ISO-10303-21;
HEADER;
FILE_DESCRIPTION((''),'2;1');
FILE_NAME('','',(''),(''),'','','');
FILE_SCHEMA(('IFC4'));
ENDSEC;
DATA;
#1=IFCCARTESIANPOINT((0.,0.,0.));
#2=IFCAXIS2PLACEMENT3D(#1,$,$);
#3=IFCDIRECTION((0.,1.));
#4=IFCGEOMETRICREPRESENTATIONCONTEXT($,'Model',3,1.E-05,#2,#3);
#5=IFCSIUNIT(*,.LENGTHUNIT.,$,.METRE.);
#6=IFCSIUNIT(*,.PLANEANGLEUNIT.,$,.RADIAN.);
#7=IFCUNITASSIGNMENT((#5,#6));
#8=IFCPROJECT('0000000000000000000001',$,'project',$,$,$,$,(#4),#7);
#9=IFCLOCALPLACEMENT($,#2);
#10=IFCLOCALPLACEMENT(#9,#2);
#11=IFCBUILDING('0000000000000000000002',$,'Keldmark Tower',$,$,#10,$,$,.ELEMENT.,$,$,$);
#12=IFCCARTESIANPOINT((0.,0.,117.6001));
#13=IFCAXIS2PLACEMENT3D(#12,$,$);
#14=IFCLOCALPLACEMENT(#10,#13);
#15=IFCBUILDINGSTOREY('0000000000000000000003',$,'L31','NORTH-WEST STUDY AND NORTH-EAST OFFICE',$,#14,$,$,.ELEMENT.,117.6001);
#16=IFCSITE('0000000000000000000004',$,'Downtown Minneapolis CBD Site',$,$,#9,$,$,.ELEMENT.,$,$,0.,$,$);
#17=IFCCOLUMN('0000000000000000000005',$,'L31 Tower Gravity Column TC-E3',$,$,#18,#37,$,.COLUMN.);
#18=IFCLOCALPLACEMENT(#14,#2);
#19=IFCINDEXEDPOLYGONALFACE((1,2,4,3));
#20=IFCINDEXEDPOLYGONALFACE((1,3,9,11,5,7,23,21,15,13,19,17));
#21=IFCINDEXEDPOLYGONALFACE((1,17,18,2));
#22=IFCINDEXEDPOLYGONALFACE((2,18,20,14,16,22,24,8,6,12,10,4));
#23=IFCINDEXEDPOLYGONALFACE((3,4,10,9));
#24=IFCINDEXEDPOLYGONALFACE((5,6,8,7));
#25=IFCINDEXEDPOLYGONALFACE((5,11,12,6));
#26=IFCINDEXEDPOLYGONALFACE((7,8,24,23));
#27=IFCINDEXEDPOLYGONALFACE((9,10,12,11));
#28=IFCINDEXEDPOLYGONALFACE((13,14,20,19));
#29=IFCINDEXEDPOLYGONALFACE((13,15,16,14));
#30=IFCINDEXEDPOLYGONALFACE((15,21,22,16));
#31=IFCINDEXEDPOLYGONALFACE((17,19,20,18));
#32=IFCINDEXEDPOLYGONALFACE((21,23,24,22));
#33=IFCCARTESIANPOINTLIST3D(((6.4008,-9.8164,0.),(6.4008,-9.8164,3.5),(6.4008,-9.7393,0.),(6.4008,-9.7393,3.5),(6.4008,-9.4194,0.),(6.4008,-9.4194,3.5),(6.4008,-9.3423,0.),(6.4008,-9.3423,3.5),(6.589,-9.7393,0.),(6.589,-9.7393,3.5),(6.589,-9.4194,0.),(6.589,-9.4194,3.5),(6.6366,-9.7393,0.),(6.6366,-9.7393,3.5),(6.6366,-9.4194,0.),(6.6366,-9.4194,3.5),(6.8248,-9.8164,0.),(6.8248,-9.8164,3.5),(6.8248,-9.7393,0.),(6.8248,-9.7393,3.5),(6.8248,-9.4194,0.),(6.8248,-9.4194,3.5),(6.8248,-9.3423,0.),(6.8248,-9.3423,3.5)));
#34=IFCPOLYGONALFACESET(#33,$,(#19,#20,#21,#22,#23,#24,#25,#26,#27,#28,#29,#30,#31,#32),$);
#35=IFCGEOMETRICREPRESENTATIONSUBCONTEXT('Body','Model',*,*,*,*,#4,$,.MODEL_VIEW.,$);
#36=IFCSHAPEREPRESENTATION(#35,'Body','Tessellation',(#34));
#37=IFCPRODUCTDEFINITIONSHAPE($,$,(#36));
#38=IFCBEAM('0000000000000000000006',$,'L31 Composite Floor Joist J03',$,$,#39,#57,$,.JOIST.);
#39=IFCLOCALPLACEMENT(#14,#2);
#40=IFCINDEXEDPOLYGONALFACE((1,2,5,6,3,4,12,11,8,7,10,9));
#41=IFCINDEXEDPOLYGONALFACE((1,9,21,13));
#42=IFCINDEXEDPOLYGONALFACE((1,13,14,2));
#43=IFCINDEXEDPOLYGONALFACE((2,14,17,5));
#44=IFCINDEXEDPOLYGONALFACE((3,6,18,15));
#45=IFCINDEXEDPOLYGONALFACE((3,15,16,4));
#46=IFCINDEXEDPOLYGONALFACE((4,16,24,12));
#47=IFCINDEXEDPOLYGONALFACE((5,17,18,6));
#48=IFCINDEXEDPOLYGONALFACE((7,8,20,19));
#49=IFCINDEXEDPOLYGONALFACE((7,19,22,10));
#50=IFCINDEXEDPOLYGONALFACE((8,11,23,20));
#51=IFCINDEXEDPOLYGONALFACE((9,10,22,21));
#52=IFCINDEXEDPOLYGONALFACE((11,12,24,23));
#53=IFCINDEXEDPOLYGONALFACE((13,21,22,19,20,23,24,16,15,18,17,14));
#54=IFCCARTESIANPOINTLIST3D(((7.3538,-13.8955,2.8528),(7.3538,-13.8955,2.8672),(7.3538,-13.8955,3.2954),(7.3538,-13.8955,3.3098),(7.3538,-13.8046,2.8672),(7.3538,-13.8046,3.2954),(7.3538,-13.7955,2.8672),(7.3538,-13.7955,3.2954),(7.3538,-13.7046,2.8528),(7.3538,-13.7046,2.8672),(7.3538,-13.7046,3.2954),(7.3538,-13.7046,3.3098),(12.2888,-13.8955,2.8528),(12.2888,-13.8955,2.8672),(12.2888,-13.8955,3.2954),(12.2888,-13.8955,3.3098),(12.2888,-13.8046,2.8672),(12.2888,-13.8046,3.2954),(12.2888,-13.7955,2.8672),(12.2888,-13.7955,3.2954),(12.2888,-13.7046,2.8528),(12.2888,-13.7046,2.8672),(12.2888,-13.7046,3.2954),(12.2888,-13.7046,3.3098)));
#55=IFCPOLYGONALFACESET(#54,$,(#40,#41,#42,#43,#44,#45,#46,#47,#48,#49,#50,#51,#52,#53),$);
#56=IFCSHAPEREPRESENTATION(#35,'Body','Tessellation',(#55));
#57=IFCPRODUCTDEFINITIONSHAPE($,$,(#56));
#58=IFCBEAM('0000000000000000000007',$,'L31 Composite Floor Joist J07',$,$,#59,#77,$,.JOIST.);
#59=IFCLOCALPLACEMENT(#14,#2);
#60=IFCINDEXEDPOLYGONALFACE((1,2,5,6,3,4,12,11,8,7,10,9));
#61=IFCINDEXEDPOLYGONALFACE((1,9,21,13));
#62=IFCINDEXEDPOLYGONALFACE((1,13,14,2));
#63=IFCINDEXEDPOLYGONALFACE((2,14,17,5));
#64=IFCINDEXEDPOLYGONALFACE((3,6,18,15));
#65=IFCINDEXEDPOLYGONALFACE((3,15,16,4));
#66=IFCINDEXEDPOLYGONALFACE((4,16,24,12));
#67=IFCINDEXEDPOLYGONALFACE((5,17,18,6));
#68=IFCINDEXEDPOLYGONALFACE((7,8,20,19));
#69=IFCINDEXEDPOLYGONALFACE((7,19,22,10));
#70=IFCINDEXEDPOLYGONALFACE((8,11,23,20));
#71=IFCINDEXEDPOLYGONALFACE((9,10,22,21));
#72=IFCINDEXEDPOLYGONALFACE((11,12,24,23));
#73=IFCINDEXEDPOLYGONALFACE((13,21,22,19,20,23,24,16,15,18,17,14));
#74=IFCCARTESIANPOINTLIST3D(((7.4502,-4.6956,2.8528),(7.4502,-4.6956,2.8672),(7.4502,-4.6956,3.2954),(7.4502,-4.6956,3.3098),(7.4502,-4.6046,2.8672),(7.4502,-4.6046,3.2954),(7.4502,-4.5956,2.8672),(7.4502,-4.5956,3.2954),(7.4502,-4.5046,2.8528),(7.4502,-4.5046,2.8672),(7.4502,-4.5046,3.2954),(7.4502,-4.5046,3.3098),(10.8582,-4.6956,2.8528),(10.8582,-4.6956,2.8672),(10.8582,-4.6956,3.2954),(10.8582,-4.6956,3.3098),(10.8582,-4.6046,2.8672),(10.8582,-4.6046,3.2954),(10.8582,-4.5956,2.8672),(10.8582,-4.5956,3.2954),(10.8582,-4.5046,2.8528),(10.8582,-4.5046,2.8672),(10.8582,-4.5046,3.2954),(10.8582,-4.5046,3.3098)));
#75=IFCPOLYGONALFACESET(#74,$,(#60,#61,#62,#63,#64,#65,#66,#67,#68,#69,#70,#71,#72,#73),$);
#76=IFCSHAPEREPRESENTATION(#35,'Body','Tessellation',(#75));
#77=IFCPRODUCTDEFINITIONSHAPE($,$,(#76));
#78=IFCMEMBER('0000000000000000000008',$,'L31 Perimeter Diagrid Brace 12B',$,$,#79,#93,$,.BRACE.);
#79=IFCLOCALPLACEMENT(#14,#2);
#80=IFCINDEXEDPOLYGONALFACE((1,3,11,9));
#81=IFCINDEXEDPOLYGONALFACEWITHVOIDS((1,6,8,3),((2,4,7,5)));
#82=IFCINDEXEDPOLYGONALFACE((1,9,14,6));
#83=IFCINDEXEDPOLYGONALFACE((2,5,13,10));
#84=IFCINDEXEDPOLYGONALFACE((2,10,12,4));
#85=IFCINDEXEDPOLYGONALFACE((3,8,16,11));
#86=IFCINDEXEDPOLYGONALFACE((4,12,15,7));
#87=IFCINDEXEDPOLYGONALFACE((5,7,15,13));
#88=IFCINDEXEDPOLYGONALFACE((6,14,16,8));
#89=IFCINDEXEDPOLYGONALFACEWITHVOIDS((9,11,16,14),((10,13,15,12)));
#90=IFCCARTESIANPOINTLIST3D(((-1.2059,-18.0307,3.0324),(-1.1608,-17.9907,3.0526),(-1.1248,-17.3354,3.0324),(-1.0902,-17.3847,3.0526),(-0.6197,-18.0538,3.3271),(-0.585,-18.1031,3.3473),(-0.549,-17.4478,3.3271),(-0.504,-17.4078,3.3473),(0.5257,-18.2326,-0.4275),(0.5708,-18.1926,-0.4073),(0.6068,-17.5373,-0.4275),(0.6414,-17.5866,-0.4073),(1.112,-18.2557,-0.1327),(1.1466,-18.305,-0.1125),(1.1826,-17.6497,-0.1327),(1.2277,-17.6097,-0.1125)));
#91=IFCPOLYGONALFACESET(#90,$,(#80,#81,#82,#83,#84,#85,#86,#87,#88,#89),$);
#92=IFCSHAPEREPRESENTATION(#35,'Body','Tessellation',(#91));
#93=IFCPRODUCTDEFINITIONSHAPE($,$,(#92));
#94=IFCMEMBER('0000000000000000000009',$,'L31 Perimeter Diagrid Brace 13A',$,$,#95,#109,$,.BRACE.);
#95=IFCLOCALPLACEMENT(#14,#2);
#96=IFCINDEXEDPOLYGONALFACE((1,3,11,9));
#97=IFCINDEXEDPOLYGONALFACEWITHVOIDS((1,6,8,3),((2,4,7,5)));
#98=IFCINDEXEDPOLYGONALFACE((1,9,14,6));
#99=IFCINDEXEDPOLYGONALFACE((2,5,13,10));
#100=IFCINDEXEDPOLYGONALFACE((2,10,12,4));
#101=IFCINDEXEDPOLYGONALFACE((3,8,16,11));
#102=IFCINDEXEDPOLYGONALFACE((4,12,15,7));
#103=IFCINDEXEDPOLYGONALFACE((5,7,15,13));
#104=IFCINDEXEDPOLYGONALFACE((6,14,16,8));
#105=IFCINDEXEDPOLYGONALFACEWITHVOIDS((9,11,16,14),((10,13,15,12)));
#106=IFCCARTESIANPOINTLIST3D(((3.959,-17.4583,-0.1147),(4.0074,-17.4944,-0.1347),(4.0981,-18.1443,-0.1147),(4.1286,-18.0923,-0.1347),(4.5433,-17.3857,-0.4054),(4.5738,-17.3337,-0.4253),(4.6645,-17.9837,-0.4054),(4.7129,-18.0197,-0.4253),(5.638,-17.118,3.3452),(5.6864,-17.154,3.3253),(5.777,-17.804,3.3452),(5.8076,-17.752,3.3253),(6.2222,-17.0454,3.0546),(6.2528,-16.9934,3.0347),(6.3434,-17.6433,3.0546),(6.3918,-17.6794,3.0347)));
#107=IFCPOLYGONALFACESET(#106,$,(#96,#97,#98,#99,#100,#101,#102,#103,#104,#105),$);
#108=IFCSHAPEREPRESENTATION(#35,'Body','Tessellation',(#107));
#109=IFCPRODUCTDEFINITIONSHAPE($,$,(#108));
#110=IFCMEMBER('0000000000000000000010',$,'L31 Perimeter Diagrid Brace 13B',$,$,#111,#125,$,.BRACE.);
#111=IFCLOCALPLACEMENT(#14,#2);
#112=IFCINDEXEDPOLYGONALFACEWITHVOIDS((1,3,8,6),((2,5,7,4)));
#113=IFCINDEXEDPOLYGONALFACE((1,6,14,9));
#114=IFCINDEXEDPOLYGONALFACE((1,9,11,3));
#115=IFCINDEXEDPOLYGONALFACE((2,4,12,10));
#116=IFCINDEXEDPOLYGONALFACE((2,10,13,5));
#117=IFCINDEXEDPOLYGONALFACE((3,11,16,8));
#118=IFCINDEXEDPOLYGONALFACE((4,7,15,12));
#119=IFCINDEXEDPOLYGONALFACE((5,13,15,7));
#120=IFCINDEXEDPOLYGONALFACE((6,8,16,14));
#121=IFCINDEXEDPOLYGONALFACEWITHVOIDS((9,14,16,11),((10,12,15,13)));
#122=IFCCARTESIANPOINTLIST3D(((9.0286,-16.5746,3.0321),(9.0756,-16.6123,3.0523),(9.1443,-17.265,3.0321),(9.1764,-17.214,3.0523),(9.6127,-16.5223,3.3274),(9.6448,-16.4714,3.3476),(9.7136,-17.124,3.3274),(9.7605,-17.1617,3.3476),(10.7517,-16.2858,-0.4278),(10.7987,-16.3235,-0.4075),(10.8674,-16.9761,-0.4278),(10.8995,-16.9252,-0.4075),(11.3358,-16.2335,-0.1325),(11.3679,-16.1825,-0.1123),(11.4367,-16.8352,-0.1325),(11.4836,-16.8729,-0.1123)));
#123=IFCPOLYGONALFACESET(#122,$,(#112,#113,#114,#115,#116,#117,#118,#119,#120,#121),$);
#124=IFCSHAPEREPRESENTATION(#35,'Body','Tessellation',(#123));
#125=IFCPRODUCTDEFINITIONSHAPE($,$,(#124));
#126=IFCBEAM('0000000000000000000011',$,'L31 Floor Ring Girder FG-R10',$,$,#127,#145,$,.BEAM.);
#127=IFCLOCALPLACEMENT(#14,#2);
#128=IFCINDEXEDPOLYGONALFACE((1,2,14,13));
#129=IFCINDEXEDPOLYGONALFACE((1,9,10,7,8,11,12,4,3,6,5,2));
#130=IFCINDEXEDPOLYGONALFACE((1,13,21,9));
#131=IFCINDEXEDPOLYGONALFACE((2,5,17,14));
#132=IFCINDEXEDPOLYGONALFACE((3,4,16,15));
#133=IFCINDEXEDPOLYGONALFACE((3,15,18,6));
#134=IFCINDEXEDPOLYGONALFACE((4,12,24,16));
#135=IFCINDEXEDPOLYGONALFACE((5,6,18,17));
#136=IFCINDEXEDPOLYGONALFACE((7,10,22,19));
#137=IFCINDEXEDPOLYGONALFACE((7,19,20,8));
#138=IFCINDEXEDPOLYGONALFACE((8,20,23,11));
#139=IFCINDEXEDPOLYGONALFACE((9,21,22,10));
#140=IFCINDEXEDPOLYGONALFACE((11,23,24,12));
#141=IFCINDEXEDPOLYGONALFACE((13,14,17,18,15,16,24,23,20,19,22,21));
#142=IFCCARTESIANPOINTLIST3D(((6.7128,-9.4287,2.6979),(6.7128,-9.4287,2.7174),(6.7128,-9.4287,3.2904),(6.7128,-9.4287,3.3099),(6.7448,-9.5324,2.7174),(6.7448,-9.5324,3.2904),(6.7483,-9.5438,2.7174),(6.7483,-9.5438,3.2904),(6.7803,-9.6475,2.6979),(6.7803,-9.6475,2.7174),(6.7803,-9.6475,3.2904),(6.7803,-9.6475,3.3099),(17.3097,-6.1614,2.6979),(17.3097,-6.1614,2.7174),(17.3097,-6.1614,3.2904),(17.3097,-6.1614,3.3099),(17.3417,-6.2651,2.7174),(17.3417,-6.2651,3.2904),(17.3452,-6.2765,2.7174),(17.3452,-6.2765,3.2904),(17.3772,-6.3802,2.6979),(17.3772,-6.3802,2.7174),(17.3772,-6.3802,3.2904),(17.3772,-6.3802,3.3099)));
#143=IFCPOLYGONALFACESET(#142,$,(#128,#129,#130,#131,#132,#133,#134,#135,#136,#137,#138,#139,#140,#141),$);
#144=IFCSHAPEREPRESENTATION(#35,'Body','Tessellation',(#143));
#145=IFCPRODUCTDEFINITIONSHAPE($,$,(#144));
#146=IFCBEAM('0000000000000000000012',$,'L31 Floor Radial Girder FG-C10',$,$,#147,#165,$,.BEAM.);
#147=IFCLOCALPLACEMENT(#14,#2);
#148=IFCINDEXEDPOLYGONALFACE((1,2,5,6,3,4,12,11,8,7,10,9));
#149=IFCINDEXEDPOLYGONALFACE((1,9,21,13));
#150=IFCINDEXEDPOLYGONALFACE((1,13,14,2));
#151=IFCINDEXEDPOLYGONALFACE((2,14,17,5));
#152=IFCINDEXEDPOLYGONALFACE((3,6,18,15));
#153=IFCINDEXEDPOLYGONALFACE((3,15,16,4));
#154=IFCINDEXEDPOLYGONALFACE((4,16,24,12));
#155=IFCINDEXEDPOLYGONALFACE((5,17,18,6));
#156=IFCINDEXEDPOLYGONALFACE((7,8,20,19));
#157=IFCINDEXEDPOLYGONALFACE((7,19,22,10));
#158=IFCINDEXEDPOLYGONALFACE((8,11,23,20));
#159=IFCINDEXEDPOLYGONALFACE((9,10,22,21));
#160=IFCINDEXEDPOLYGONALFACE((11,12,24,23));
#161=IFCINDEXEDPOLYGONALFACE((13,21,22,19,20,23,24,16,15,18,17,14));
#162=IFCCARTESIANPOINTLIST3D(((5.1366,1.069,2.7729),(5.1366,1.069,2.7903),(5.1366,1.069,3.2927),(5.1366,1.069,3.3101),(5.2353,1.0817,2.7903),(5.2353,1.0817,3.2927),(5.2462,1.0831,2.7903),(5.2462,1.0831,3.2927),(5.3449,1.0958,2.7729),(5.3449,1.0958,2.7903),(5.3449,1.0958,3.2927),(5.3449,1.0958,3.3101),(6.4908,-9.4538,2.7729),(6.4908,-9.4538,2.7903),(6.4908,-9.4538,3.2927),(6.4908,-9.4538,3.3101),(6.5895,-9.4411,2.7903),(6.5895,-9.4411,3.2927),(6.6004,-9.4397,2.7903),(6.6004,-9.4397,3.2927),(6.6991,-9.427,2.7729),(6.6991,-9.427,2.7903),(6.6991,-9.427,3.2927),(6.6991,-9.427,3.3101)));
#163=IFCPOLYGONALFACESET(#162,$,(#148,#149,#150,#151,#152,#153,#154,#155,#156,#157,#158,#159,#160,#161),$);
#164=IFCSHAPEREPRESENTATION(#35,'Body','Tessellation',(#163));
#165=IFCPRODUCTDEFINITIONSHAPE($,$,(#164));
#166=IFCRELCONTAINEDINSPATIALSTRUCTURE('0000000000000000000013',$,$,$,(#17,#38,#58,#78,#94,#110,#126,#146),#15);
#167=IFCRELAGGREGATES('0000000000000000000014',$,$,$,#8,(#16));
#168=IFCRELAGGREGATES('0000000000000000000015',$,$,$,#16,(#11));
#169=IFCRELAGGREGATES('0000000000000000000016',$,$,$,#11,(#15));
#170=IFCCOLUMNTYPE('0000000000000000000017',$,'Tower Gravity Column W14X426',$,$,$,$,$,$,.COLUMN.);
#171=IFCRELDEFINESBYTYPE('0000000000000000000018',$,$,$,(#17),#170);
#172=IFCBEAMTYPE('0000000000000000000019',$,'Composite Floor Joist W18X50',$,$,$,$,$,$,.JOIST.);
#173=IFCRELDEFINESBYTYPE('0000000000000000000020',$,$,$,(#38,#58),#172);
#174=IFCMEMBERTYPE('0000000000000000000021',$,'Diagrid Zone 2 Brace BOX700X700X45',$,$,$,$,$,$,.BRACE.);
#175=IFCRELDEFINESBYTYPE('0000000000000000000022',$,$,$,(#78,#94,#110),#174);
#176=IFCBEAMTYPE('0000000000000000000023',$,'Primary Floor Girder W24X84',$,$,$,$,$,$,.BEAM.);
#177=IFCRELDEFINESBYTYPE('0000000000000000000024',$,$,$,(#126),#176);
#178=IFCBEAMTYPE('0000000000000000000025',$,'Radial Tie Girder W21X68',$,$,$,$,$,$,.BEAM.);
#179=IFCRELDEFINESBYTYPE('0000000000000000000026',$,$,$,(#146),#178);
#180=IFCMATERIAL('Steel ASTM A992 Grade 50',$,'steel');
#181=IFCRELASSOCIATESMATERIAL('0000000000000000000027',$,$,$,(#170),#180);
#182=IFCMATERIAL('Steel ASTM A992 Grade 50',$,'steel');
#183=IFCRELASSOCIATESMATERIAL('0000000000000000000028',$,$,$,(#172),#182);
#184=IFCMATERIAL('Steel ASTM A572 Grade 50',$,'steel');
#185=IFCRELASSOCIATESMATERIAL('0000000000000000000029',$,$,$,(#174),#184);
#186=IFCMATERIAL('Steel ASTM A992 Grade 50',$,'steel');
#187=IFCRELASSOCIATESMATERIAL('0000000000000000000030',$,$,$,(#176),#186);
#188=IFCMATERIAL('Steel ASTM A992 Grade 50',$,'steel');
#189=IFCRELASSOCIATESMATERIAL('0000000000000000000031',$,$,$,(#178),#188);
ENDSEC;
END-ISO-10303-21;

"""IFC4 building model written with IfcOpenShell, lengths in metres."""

from ifc_helpers import new_model, si_unit, direction, frame, origin, origin_2d, place, context, subcontext, project, spatial, hollow_rectangle, i_section, extrude, material, material_profile, profile_set, type_object, element, save


model = new_model("IFC4")

# Units and contexts
model_context = context("Model", 3, precision=1e-05, world=origin(), true_north=direction((0.0, 1.0)))
body_context = subcontext(model_context, "Body", "Model", "MODEL_VIEW")
ifc_project = project(units=[si_unit("LENGTHUNIT", "METRE"), si_unit("PLANEANGLEUNIT", "RADIAN")], contexts=[model_context])

# Site, building, storey
site_placement = place(None, origin())
site = spatial("IfcSite", under=ifc_project, at=site_placement, Name="Downtown Minneapolis CBD Site", CompositionType="ELEMENT", RefElevation=0.0)
building_placement = place(site_placement, origin())
building = spatial("IfcBuilding", under=site, at=building_placement, Name="Keldmark Tower", CompositionType="ELEMENT")
storey_placement = place(building_placement, frame((0.0, 0.0, 117.6001)))
storey = spatial("IfcBuildingStorey", under=building, at=storey_placement, Name="L31", Description="NORTH-WEST STUDY AND NORTH-EAST OFFICE", CompositionType="ELEMENT", Elevation=117.6001)

# Column
ifc_material_1 = material(Name="Steel ASTM A992 Grade 50", Category="steel")
ifc_material_profile_1 = material_profile(ifc_material_1, i_section(OverallWidth=0.4241, OverallDepth=0.4741, WebThickness=0.0476, FlangeThickness=0.0771, at=origin_2d()), Name="W14X426")
ifc_profile_set_1 = profile_set([ifc_material_profile_1], Name="Steel ASTM A992 Grade 50")
column_type = type_object("IfcColumnType", Name="Tower Gravity Column W14X426", PredefinedType="COLUMN", material=ifc_profile_set_1)
column_placement = place(storey_placement, frame((6.6128, -9.5793, 0.0), z_axis=(0.0, 0.0, 1.0), x_axis=(1.0, 0.0, 0.0)))
element("IfcColumn", 1, at=column_placement, inside=storey, type_object=column_type, Name="L31 Tower Gravity Column TC-E3", PredefinedType="COLUMN", context=body_context, shape_type="SweptSolid", body=[
    extrude(i_section(OverallWidth=0.4241, OverallDepth=0.4741, WebThickness=0.0476, FlangeThickness=0.0771, at=origin_2d()), origin(), (0.0, 0.0, 1.0), 3.5),
])

# Beams
ifc_material_2 = material(Name="Steel ASTM A992 Grade 50", Category="steel")
ifc_material_profile_2 = material_profile(ifc_material_2, i_section(OverallWidth=0.1909, OverallDepth=0.457, WebThickness=0.009, FlangeThickness=0.0144, at=origin_2d()), Name="W18X50")
ifc_profile_set_2 = profile_set([ifc_material_profile_2], Name="Steel ASTM A992 Grade 50")
beam_type_1 = type_object("IfcBeamType", Name="Composite Floor Joist W18X50", PredefinedType="JOIST", material=ifc_profile_set_2)
beam_1_placement = place(storey_placement, frame((7.3538, -13.8, 3.0813), z_axis=(1.0, 0.0, 0.0), x_axis=(0.0, 1.0, 0.0)))
element("IfcBeam", 2, at=beam_1_placement, inside=storey, type_object=beam_type_1, Name="L31 Composite Floor Joist J03", PredefinedType="JOIST", context=body_context, shape_type="SweptSolid", body=[
    extrude(i_section(OverallWidth=0.1909, OverallDepth=0.457, WebThickness=0.009, FlangeThickness=0.0144, at=origin_2d()), origin(), (0.0, 0.0, 1.0), 4.9351),
])
beam_2_placement = place(storey_placement, frame((7.4502, -4.6001, 3.0813), z_axis=(1.0, 0.0, 0.0), x_axis=(0.0, 1.0, 0.0)))
element("IfcBeam", 3, at=beam_2_placement, inside=storey, type_object=beam_type_1, Name="L31 Composite Floor Joist J07", PredefinedType="JOIST", context=body_context, shape_type="SweptSolid", body=[
    extrude(i_section(OverallWidth=0.1909, OverallDepth=0.457, WebThickness=0.009, FlangeThickness=0.0144, at=origin_2d()), origin(), (0.0, 0.0, 1.0), 3.408),
])

# Members
ifc_material_3 = material(Name="Steel ASTM A572 Grade 50", Category="steel")
ifc_material_profile_3 = material_profile(ifc_material_3, hollow_rectangle(XDim=0.7, YDim=0.7, WallThickness=0.0449, at=origin_2d()), Name="BOX700X700X45")
ifc_profile_set_3 = profile_set([ifc_material_profile_3], Name="Steel ASTM A572 Grade 50")
member_type = type_object("IfcMemberType", Name="Diagrid Zone 2 Brace BOX700X700X45", PredefinedType="BRACE", material=ifc_profile_set_3)
member_1_placement = place(storey_placement, frame((0.8767, -17.9211, -0.27), z_axis=(-0.446959, 0.052113, 0.893035), x_axis=(-0.115809, -0.993271, 0.0)))
element("IfcMember", 4, at=member_1_placement, inside=storey, type_object=member_type, Name="L31 Perimeter Diagrid Brace 12B", PredefinedType="BRACE", context=body_context, shape_type="SweptSolid", body=[
    extrude(hollow_rectangle(XDim=0.7, YDim=0.7, WallThickness=0.0449, at=origin_2d()), origin(), (0.0, 0.0, 1.0), 3.8743),
])
member_2_placement = place(storey_placement, frame((4.3359, -17.739, -0.27), z_axis=(0.434868, 0.08815, 0.896169), x_axis=(-0.198664, 0.980068, 0.0)))
element("IfcMember", 5, at=member_2_placement, inside=storey, type_object=member_type, Name="L31 Perimeter Diagrid Brace 13A", PredefinedType="BRACE", context=body_context, shape_type="SweptSolid", body=[
    extrude(hollow_rectangle(XDim=0.7, YDim=0.7, WallThickness=0.0449, at=origin_2d()), origin(), (0.0, 0.0, 1.0), 3.8608),
])
member_3_placement = place(storey_placement, frame((11.1177, -16.5793, -0.27), z_axis=(-0.444559, -0.074513, 0.892645), x_axis=(0.165305, -0.986242, 0.0)))
element("IfcMember", 6, at=member_3_placement, inside=storey, type_object=member_type, Name="L31 Perimeter Diagrid Brace 13B", PredefinedType="BRACE", context=body_context, shape_type="SweptSolid", body=[
    extrude(hollow_rectangle(XDim=0.7, YDim=0.7, WallThickness=0.0449, at=origin_2d()), origin(), (0.0, 0.0, 1.0), 3.876),
])

# Beams
ifc_material_4 = material(Name="Steel ASTM A992 Grade 50", Category="steel")
ifc_material_profile_4 = material_profile(ifc_material_4, i_section(OverallWidth=0.229, OverallDepth=0.6121, WebThickness=0.012, FlangeThickness=0.0195, at=origin_2d()), Name="W24X84")
ifc_profile_set_4 = profile_set([ifc_material_profile_4], Name="Steel ASTM A992 Grade 50")
beam_type_2 = type_object("IfcBeamType", Name="Primary Floor Girder W24X84", PredefinedType="BEAM", material=ifc_profile_set_4)
beam_3_placement = place(storey_placement, frame((6.7466, -9.5381, 3.0039), z_axis=(0.955608, 0.294641, 0.0), x_axis=(-0.294641, 0.955608, 0.0)))
element("IfcBeam", 7, at=beam_3_placement, inside=storey, type_object=beam_type_2, Name="L31 Floor Ring Girder FG-R10", PredefinedType="BEAM", context=body_context, shape_type="SweptSolid", body=[
    extrude(i_section(OverallWidth=0.229, OverallDepth=0.6121, WebThickness=0.012, FlangeThickness=0.0195, at=origin_2d()), origin(), (0.0, 0.0, 1.0), 11.0891),
])
ifc_material_5 = material(Name="Steel ASTM A992 Grade 50", Category="steel")
ifc_material_profile_5 = material_profile(ifc_material_5, i_section(OverallWidth=0.21, OverallDepth=0.5371, WebThickness=0.011, FlangeThickness=0.0173, at=origin_2d()), Name="W21X68")
ifc_profile_set_5 = profile_set([ifc_material_profile_5], Name="Steel ASTM A992 Grade 50")
beam_type_3 = type_object("IfcBeamType", Name="Radial Tie Girder W21X68", PredefinedType="BEAM", material=ifc_profile_set_5)
beam_4_placement = place(storey_placement, frame((6.595, -9.4404, 3.0415), z_axis=(-0.127642, 0.99182, 0.0), x_axis=(-0.99182, -0.127642, 0.0)))
element("IfcBeam", 8, at=beam_4_placement, inside=storey, type_object=beam_type_3, Name="L31 Floor Radial Girder FG-C10", PredefinedType="BEAM", context=body_context, shape_type="SweptSolid", body=[
    extrude(i_section(OverallWidth=0.21, OverallDepth=0.5371, WebThickness=0.011, FlangeThickness=0.0173, at=origin_2d()), origin(), (0.0, 0.0, 1.0), 10.6096),
])

save(model, "model.ifc")
